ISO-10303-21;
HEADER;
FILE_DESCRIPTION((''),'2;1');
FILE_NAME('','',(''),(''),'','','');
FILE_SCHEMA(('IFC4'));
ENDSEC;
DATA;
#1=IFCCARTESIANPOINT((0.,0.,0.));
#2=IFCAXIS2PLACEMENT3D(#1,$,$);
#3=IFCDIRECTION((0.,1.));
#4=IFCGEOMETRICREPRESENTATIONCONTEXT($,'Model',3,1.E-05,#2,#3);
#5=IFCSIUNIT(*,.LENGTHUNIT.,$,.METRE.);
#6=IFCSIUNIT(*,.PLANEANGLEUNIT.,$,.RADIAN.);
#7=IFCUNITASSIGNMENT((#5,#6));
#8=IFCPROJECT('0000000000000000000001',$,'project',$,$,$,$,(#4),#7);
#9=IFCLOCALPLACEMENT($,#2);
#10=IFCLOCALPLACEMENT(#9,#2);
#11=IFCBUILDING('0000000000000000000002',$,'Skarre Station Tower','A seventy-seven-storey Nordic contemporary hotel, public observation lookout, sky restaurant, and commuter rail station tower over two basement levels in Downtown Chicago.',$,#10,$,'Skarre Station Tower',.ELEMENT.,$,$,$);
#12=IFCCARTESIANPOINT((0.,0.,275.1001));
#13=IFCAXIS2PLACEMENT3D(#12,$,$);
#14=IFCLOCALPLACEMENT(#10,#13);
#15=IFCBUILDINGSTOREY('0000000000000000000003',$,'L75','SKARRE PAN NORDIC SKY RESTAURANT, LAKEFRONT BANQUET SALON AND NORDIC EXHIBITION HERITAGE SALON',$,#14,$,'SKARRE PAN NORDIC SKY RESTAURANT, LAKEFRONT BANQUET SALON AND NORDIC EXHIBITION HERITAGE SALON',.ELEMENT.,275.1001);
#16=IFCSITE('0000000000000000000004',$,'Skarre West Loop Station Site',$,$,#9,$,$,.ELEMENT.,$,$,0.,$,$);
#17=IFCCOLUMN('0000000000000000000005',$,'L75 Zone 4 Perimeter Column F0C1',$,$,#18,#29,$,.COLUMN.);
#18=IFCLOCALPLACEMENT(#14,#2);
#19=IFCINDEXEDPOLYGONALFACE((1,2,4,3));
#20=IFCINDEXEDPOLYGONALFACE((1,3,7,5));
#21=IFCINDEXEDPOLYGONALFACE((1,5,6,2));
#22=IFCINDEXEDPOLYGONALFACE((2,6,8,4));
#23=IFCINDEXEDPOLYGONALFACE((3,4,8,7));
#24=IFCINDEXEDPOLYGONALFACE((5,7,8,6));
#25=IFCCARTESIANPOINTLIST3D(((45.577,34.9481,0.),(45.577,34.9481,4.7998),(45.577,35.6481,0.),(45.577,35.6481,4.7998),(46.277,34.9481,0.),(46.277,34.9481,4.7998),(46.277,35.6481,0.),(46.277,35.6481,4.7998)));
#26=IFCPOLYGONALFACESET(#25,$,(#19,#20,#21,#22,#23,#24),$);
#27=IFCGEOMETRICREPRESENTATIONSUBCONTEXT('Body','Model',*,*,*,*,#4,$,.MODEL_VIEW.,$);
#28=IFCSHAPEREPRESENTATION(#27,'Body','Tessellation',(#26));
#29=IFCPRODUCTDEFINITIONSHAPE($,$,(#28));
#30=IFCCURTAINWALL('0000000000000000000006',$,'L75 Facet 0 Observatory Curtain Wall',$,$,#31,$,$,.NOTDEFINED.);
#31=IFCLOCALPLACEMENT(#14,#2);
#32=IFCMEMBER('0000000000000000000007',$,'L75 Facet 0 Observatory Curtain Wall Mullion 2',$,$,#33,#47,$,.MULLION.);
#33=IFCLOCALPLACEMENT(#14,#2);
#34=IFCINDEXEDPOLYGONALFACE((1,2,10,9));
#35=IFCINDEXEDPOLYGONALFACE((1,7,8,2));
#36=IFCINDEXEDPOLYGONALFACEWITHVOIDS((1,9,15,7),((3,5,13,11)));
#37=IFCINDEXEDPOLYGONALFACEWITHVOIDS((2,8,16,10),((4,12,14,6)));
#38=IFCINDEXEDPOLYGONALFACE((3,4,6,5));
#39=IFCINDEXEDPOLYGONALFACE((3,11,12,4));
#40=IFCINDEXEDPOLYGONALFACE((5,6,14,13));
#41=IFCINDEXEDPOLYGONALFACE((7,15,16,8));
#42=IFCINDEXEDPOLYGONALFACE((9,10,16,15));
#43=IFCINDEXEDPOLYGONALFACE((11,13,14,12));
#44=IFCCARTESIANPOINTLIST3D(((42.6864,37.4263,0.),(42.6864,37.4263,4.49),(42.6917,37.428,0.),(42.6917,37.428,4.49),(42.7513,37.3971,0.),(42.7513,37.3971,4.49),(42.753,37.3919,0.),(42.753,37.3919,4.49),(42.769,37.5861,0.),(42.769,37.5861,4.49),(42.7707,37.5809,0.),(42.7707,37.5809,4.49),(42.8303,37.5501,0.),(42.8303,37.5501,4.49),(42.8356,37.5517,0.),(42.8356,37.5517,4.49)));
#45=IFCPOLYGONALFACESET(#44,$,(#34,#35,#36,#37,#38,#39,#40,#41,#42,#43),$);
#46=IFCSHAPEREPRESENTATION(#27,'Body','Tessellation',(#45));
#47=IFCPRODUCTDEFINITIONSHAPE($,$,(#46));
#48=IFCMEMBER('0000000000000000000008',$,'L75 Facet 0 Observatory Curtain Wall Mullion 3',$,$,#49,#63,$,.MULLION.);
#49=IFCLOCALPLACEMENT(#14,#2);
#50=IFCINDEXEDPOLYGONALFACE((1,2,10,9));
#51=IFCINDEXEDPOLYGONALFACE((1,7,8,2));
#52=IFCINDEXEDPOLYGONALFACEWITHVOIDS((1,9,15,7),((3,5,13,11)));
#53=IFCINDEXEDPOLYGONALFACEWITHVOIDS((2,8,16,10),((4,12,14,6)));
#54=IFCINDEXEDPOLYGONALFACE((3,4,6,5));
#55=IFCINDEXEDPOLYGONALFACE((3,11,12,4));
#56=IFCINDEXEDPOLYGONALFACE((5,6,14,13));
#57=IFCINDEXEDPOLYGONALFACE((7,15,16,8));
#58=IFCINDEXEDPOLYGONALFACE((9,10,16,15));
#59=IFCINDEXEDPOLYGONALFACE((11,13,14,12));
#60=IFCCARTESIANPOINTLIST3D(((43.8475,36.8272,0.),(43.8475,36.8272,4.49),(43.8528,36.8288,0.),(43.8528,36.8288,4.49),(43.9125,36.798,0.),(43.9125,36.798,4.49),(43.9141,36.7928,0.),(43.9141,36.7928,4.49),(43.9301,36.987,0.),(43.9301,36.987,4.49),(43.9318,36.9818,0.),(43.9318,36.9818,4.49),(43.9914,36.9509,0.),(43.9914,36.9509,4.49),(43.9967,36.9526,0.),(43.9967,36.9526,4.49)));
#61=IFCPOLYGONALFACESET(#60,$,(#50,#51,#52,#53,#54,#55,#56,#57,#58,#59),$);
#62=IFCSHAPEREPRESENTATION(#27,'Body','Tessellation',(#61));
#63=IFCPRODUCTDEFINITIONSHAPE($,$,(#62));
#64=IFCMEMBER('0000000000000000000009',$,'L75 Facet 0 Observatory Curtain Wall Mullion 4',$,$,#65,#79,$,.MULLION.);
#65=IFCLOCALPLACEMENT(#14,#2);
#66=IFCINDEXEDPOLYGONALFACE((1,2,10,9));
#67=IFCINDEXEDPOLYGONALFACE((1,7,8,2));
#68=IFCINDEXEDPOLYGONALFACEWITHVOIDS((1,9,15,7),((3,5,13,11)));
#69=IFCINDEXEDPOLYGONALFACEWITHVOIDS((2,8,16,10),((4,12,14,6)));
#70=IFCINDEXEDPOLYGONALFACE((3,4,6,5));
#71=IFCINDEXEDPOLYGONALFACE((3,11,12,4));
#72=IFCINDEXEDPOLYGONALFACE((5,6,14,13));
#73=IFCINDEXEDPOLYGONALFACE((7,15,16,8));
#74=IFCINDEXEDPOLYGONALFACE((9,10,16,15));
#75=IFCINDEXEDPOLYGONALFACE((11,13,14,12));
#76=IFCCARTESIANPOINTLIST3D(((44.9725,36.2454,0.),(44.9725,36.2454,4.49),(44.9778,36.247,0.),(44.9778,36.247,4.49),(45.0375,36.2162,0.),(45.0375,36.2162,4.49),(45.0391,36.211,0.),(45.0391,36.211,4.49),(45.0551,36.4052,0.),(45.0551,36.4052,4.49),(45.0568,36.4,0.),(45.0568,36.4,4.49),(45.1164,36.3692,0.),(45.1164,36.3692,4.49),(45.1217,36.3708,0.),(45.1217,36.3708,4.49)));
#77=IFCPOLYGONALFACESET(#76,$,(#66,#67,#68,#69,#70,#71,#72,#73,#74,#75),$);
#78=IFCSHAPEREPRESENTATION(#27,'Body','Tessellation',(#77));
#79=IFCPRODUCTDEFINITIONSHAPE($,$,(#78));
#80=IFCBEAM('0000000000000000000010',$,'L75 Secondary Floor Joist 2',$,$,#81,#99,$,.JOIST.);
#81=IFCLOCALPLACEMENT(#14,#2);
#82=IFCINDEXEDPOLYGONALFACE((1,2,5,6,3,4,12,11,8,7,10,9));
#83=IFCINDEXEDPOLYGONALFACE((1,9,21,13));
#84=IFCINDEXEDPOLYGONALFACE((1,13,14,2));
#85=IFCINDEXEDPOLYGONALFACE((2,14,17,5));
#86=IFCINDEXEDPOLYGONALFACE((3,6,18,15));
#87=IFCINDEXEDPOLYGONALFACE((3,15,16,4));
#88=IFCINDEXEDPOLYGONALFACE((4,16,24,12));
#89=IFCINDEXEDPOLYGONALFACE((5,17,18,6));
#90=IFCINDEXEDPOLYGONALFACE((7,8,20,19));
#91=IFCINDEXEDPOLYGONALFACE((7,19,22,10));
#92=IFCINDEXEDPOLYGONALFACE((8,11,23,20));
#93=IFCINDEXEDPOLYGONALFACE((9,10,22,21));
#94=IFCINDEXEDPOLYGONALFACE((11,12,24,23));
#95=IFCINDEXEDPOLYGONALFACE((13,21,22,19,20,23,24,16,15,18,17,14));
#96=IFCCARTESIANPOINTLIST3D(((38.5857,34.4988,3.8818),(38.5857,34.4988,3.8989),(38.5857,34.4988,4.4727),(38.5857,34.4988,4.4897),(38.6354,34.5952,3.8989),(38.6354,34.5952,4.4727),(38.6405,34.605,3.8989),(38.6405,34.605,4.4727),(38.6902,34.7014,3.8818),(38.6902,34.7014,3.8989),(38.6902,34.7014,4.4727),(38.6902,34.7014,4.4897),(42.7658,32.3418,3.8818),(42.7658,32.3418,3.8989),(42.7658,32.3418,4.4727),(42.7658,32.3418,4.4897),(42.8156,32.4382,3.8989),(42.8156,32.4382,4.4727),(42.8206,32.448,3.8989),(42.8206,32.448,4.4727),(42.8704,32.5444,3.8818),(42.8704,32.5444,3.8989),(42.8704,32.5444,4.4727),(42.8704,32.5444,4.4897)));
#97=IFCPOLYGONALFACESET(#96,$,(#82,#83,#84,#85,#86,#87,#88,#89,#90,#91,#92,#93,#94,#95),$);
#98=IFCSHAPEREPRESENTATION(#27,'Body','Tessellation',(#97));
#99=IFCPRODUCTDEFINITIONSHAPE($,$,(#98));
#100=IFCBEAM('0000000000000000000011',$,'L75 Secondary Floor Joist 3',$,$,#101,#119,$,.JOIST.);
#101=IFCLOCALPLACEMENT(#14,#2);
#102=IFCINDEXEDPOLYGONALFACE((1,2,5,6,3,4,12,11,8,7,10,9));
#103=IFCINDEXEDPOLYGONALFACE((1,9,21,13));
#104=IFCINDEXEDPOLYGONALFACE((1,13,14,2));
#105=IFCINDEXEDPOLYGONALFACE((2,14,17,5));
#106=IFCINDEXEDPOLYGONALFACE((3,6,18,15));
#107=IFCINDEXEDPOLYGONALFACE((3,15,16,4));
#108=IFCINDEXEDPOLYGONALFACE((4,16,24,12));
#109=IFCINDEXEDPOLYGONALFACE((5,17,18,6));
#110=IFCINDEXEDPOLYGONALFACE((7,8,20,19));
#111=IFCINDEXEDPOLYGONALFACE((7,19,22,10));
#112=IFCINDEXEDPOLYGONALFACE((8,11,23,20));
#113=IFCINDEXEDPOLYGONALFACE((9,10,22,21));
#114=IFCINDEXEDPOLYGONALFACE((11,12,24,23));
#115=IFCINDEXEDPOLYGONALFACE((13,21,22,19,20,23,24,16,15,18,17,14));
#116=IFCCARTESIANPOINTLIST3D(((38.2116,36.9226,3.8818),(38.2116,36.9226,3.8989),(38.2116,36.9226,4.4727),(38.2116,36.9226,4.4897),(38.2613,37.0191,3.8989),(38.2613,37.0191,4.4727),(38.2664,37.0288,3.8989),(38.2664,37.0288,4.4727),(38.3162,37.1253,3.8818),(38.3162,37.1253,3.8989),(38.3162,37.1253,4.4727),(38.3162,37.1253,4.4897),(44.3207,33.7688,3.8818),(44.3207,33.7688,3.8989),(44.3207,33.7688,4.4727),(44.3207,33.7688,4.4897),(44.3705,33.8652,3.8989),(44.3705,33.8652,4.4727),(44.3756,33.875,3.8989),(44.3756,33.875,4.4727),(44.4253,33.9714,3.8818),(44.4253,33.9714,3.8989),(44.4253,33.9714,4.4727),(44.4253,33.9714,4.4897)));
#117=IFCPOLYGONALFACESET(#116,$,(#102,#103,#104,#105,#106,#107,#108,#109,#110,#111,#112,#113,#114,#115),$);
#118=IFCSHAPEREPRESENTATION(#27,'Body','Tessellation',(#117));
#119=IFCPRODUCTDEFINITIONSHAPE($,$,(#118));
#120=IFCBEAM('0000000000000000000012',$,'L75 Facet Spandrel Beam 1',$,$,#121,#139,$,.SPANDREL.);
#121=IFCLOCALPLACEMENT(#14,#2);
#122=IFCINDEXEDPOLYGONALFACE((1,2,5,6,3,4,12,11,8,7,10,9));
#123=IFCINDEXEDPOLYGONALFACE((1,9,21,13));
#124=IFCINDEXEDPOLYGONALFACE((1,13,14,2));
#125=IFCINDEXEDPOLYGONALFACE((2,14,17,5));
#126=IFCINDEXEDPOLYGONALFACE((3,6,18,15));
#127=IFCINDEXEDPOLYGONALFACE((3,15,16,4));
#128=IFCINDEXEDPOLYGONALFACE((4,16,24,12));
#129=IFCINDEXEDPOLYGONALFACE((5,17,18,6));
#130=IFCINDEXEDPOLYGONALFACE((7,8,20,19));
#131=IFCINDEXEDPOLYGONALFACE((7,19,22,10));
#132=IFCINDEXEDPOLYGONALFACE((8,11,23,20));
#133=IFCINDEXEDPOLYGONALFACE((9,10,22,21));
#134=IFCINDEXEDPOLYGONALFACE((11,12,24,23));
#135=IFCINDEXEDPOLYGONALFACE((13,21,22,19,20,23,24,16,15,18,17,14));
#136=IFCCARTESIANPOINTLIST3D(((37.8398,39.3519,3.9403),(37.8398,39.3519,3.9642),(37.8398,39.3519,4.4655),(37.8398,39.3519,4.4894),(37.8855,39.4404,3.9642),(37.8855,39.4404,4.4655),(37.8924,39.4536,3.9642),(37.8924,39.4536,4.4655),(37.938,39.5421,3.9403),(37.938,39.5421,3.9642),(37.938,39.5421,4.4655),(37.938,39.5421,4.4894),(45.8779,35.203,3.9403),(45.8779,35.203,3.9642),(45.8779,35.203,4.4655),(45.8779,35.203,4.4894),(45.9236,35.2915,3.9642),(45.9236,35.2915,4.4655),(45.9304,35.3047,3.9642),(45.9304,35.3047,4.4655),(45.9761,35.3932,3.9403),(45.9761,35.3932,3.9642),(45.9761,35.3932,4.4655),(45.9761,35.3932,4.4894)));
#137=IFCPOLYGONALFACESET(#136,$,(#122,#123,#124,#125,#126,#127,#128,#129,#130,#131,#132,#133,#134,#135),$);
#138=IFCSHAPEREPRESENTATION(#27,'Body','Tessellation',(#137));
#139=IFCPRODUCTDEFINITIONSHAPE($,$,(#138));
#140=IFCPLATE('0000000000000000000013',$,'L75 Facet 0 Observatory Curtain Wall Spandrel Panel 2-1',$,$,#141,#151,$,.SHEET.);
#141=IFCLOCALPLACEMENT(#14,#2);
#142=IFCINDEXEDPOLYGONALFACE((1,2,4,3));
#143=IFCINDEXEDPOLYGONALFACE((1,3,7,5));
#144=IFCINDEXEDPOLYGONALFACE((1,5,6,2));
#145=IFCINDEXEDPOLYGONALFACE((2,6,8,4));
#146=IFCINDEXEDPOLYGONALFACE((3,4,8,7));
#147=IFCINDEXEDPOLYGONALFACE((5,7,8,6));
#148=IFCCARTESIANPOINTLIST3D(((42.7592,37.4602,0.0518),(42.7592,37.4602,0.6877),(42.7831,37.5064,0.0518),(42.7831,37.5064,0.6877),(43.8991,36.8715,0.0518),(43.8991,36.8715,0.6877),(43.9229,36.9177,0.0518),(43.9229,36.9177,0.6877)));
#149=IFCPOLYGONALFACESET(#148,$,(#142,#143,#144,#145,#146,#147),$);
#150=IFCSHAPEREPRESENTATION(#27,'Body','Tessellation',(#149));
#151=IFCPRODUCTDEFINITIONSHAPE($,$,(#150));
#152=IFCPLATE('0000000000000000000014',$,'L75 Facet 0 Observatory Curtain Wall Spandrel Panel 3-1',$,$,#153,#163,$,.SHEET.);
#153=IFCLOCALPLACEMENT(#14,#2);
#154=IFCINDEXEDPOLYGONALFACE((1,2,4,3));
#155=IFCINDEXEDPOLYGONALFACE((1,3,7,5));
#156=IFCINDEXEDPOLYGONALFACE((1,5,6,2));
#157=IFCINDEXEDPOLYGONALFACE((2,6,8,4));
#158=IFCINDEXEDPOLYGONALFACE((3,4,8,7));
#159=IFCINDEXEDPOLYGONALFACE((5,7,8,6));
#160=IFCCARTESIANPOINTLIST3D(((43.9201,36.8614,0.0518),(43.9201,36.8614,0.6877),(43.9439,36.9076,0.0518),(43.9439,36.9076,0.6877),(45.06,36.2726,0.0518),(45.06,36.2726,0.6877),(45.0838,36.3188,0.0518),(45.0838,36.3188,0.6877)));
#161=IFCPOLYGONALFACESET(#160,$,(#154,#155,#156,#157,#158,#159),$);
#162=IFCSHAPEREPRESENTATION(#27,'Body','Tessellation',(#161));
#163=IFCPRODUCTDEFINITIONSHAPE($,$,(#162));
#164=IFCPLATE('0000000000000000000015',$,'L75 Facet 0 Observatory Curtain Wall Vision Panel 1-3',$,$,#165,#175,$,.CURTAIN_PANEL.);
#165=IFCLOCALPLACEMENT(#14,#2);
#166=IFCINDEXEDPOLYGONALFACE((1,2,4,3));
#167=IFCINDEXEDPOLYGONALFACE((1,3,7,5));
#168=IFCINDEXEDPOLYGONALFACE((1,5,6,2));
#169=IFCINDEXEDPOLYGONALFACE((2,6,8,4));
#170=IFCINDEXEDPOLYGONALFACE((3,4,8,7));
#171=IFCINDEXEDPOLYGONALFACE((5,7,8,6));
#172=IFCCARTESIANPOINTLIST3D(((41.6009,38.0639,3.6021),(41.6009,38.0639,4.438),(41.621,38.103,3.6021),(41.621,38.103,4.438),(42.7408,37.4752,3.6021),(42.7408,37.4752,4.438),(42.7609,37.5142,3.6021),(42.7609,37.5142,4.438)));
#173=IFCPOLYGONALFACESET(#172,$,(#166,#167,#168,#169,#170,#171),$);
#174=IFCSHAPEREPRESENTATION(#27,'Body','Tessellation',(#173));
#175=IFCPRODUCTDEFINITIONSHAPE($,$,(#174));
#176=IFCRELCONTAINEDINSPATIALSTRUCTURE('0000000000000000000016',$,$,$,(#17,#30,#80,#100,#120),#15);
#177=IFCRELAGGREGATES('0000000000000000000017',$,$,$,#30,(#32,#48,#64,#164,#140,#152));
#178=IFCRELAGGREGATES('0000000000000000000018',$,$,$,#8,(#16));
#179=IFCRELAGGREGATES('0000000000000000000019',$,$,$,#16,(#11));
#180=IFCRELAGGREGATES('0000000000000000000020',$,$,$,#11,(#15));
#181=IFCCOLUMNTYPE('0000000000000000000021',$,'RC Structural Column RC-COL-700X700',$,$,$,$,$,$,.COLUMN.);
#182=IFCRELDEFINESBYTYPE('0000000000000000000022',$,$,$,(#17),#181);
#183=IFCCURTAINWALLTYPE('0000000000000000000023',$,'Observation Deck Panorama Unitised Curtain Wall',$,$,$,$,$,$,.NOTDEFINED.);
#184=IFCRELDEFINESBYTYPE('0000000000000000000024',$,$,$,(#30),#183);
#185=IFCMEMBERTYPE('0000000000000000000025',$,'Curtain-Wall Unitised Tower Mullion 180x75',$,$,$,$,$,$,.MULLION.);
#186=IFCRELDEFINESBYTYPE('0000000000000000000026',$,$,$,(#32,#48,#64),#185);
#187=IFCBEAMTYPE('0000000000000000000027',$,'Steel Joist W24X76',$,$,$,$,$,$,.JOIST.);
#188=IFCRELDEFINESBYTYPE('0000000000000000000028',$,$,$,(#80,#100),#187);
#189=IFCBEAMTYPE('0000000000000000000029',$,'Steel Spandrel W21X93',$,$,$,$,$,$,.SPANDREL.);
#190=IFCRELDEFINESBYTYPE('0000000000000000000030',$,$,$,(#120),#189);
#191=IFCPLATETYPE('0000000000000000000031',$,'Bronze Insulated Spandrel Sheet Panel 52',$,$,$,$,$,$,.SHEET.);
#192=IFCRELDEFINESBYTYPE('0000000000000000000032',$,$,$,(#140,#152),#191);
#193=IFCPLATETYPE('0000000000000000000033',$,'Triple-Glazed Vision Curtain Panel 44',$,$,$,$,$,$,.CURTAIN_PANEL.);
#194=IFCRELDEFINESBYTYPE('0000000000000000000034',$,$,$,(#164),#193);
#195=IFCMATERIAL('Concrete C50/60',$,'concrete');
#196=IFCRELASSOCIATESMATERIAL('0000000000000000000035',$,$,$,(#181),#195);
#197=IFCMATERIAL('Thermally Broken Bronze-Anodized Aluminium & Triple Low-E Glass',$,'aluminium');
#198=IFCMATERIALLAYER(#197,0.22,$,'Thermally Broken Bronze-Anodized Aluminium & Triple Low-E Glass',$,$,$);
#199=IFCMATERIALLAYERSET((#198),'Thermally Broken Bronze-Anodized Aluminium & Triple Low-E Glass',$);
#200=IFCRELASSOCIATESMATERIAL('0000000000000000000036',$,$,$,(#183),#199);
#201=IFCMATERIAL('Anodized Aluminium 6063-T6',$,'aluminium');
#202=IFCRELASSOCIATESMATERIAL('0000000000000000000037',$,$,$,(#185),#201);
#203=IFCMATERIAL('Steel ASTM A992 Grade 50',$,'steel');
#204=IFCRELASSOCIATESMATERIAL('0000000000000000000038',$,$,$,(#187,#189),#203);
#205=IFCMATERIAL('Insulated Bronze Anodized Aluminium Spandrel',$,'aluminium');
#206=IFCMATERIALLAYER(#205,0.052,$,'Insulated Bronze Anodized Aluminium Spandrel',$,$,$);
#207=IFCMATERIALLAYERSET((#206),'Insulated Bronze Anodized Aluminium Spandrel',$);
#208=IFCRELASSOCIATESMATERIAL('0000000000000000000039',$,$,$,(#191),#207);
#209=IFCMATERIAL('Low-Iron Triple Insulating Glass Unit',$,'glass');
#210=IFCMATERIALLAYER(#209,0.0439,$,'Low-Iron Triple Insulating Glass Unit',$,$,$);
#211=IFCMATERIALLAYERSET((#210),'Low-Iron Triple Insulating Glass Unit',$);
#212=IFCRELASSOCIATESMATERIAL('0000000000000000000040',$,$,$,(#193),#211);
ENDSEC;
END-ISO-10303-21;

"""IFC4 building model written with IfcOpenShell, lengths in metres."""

from ifc_helpers import new_model, si_unit, direction, frame, origin, origin_2d, place, context, subcontext, project, spatial, rectangle, hollow_rectangle, i_section, extrude, material, layer, layer_set, material_profile, profile_set, type_object, element, aggregate, save


model = new_model("IFC4")

# Units and contexts
model_context = context("Model", 3, precision=1e-05, world=origin(), true_north=direction((0.0, 1.0)))
body_context = subcontext(model_context, "Body", "Model", "MODEL_VIEW")
ifc_project = project(units=[si_unit("LENGTHUNIT", "METRE"), si_unit("PLANEANGLEUNIT", "RADIAN")], contexts=[model_context])

# Site, building, storey
site_placement = place(None, origin())
site = spatial("IfcSite", under=ifc_project, at=site_placement, Name="Skarre West Loop Station Site", CompositionType="ELEMENT", RefElevation=0.0)
building_placement = place(site_placement, origin())
building = spatial("IfcBuilding", under=site, at=building_placement, Name="Skarre Station Tower", Description="A seventy-seven-storey Nordic contemporary hotel, public observation lookout, sky restaurant, and commuter rail station tower over two basement levels in Downtown Chicago.", LongName="Skarre Station Tower", CompositionType="ELEMENT")
storey_placement = place(building_placement, frame((0.0, 0.0, 275.1001)))
storey = spatial("IfcBuildingStorey", under=building, at=storey_placement, Name="L75", Description="SKARRE PAN NORDIC SKY RESTAURANT, LAKEFRONT BANQUET SALON AND NORDIC EXHIBITION HERITAGE SALON", LongName="SKARRE PAN NORDIC SKY RESTAURANT, LAKEFRONT BANQUET SALON AND NORDIC EXHIBITION HERITAGE SALON", CompositionType="ELEMENT", Elevation=275.1001)

# Column
ifc_material_1 = material(Name="Concrete C50/60", Category="concrete")
ifc_material_profile_1 = material_profile(ifc_material_1, rectangle(XDim=0.7, YDim=0.7, at=origin_2d()), Name="Concrete C50/60")
ifc_profile_set_1 = profile_set([ifc_material_profile_1], Name="Concrete C50/60")
column_type = type_object("IfcColumnType", Name="RC Structural Column RC-COL-700X700", PredefinedType="COLUMN", material=ifc_profile_set_1)
column_placement = place(storey_placement, frame((45.927, 35.2981, 0.0), z_axis=(0.0, 0.0, 1.0), x_axis=(1.0, 0.0, 0.0)))
element("IfcColumn", 1, at=column_placement, inside=storey, type_object=column_type, Name="L75 Zone 4 Perimeter Column F0C1", PredefinedType="COLUMN", context=body_context, shape_type="SweptSolid", body=[
    extrude(rectangle(XDim=0.7, YDim=0.7, at=origin_2d()), origin(), (0.0, 0.0, 1.0), 4.7998),
])

# Curtain wall, members
ifc_material_2 = material(Name="Thermally Broken Bronze-Anodized Aluminium & Triple Low-E Glass", Category="aluminium")
ifc_layer_1 = layer(ifc_material_2, 0.22, Name="Thermally Broken Bronze-Anodized Aluminium & Triple Low-E Glass")
ifc_layer_set_1 = layer_set([ifc_layer_1], Name="Thermally Broken Bronze-Anodized Aluminium & Triple Low-E Glass")
curtain_wall_type = type_object("IfcCurtainWallType", Name="Observation Deck Panorama Unitised Curtain Wall", PredefinedType="NOTDEFINED", material=ifc_layer_set_1)
curtain_wall_placement = place(storey_placement, origin())
curtain_wall = element("IfcCurtainWall", 2, at=curtain_wall_placement, inside=storey, type_object=curtain_wall_type, Name="L75 Facet 0 Observatory Curtain Wall", PredefinedType="NOTDEFINED")
ifc_material_3 = material(Name="Anodized Aluminium 6063-T6", Category="aluminium")
ifc_material_profile_2 = material_profile(ifc_material_3, hollow_rectangle(XDim=0.075, YDim=0.1799, WallThickness=0.0039, at=origin_2d()), Name="Anodized Aluminium 6063-T6")
ifc_profile_set_2 = profile_set([ifc_material_profile_2], Name="Anodized Aluminium 6063-T6")
member_type = type_object("IfcMemberType", Name="Curtain-Wall Unitised Tower Mullion 180x75", PredefinedType="MULLION", material=ifc_profile_set_2)
member_1_placement = place(storey_placement, frame((42.761, 37.489, 0.0), z_axis=(0.0, 0.0, 1.0), x_axis=(0.888481, -0.458913, 0.0)))
member_1 = element("IfcMember", 3, at=member_1_placement, type_object=member_type, Name="L75 Facet 0 Observatory Curtain Wall Mullion 2", PredefinedType="MULLION", context=body_context, shape_type="SweptSolid", body=[
    extrude(hollow_rectangle(XDim=0.075, YDim=0.1799, WallThickness=0.0039, at=origin_2d()), origin(), (0.0, 0.0, 1.0), 4.49),
])
member_2_placement = place(storey_placement, frame((43.9221, 36.8899, 0.0), z_axis=(0.0, 0.0, 1.0), x_axis=(0.888481, -0.458913, 0.0)))
member_2 = element("IfcMember", 4, at=member_2_placement, type_object=member_type, Name="L75 Facet 0 Observatory Curtain Wall Mullion 3", PredefinedType="MULLION", context=body_context, shape_type="SweptSolid", body=[
    extrude(hollow_rectangle(XDim=0.075, YDim=0.1799, WallThickness=0.0039, at=origin_2d()), origin(), (0.0, 0.0, 1.0), 4.49),
])
member_3_placement = place(storey_placement, frame((45.0471, 36.3081, 0.0), z_axis=(0.0, 0.0, 1.0), x_axis=(0.888481, -0.458913, 0.0)))
member_3 = element("IfcMember", 5, at=member_3_placement, type_object=member_type, Name="L75 Facet 0 Observatory Curtain Wall Mullion 4", PredefinedType="MULLION", context=body_context, shape_type="SweptSolid", body=[
    extrude(hollow_rectangle(XDim=0.075, YDim=0.1799, WallThickness=0.0039, at=origin_2d()), origin(), (0.0, 0.0, 1.0), 4.49),
])

# Beams
ifc_material_4 = material(Name="Steel ASTM A992 Grade 50", Category="steel")
ifc_material_profile_3 = material_profile(ifc_material_4, i_section(OverallWidth=0.228, OverallDepth=0.6079, WebThickness=0.011, FlangeThickness=0.0171, at=origin_2d()), Name="Steel ASTM A992 Grade 50")
ifc_profile_set_3 = profile_set([ifc_material_profile_3], Name="Steel ASTM A992 Grade 50")
beam_type_1 = type_object("IfcBeamType", Name="Steel Joist W24X76", PredefinedType="JOIST", material=ifc_profile_set_3)
beam_1_placement = place(storey_placement, frame((42.8181, 32.4431, 4.1858), z_axis=(-0.888666, 0.458554, 0.0), x_axis=(-0.458554, -0.888666, 0.0)))
element("IfcBeam", 6, at=beam_1_placement, inside=storey, type_object=beam_type_1, Name="L75 Secondary Floor Joist 2", PredefinedType="JOIST", context=body_context, shape_type="SweptSolid", body=[
    extrude(i_section(OverallWidth=0.228, OverallDepth=0.6079, WebThickness=0.011, FlangeThickness=0.0171, at=origin_2d()), origin(), (0.0, 0.0, 1.0), 4.7039),
])
beam_2_placement = place(storey_placement, frame((44.373, 33.8701, 4.1858), z_axis=(-0.888579, 0.458724, 0.0), x_axis=(-0.458724, -0.888579, 0.0)))
element("IfcBeam", 7, at=beam_2_placement, inside=storey, type_object=beam_type_1, Name="L75 Secondary Floor Joist 3", PredefinedType="JOIST", context=body_context, shape_type="SweptSolid", body=[
    extrude(i_section(OverallWidth=0.228, OverallDepth=0.6079, WebThickness=0.011, FlangeThickness=0.0171, at=origin_2d()), origin(), (0.0, 0.0, 1.0), 6.8752),
])
ifc_material_profile_4 = material_profile(ifc_material_4, i_section(OverallWidth=0.2141, OverallDepth=0.5491, WebThickness=0.0149, FlangeThickness=0.0239, at=origin_2d()), Name="Steel ASTM A992 Grade 50")
ifc_profile_set_4 = profile_set([ifc_material_profile_4], Name="Steel ASTM A992 Grade 50")
beam_type_2 = type_object("IfcBeamType", Name="Steel Spandrel W21X93", PredefinedType="SPANDREL", material=ifc_profile_set_4)
beam_3_placement = place(storey_placement, frame((45.927, 35.2981, 4.2148), z_axis=(-0.88861, 0.458664, 0.0), x_axis=(-0.458664, -0.88861, 0.0)))
element("IfcBeam", 8, at=beam_3_placement, inside=storey, type_object=beam_type_2, Name="L75 Facet Spandrel Beam 1", PredefinedType="SPANDREL", context=body_context, shape_type="SweptSolid", body=[
    extrude(i_section(OverallWidth=0.2141, OverallDepth=0.5491, WebThickness=0.0149, FlangeThickness=0.0239, at=origin_2d()), origin(), (0.0, 0.0, 1.0), 9.0457),
])

# Plates
ifc_material_5 = material(Name="Insulated Bronze Anodized Aluminium Spandrel", Category="aluminium")
ifc_layer_2 = layer(ifc_material_5, 0.052, Name="Insulated Bronze Anodized Aluminium Spandrel")
ifc_layer_set_2 = layer_set([ifc_layer_2], Name="Insulated Bronze Anodized Aluminium Spandrel")
plate_type_1 = type_object("IfcPlateType", Name="Bronze Insulated Spandrel Sheet Panel 52", PredefinedType="SHEET", material=ifc_layer_set_2)
plate_1_placement = place(storey_placement, frame((43.3411, 37.189, 0.0518), z_axis=(0.0, 0.0, 1.0), x_axis=(0.888481, -0.458913, 0.0)))
plate_1 = element("IfcPlate", 9, at=plate_1_placement, type_object=plate_type_1, Name="L75 Facet 0 Observatory Curtain Wall Spandrel Panel 2-1", PredefinedType="SHEET", context=body_context, shape_type="SweptSolid", body=[
    extrude(rectangle(XDim=1.283, YDim=0.052, at=origin_2d()), origin(), (0.0, 0.0, 1.0), 0.636),
])
plate_2_placement = place(storey_placement, frame((44.502, 36.5901, 0.0518), z_axis=(0.0, 0.0, 1.0), x_axis=(0.888481, -0.458913, 0.0)))
plate_2 = element("IfcPlate", 10, at=plate_2_placement, type_object=plate_type_1, Name="L75 Facet 0 Observatory Curtain Wall Spandrel Panel 3-1", PredefinedType="SHEET", context=body_context, shape_type="SweptSolid", body=[
    extrude(rectangle(XDim=1.283, YDim=0.052, at=origin_2d()), origin(), (0.0, 0.0, 1.0), 0.636),
])
ifc_material_6 = material(Name="Low-Iron Triple Insulating Glass Unit", Category="glass")
ifc_layer_3 = layer(ifc_material_6, 0.0439, Name="Low-Iron Triple Insulating Glass Unit")
ifc_layer_set_3 = layer_set([ifc_layer_3], Name="Low-Iron Triple Insulating Glass Unit")
plate_type_2 = type_object("IfcPlateType", Name="Triple-Glazed Vision Curtain Panel 44", PredefinedType="CURTAIN_PANEL", material=ifc_layer_set_3)
plate_3_placement = place(storey_placement, frame((42.1809, 37.7891, 3.6021), z_axis=(0.0, 0.0, 1.0), x_axis=(0.888481, -0.458913, 0.0)))
plate_3 = element("IfcPlate", 11, at=plate_3_placement, type_object=plate_type_2, Name="L75 Facet 0 Observatory Curtain Wall Vision Panel 1-3", PredefinedType="CURTAIN_PANEL", context=body_context, shape_type="SweptSolid", body=[
    extrude(rectangle(XDim=1.283, YDim=0.0439, at=origin_2d()), origin(), (0.0, 0.0, 1.0), 0.8359),
])
aggregate(curtain_wall, [member_1, member_2, member_3, plate_3, plate_1, plate_2])

save(model, "model.ifc")
